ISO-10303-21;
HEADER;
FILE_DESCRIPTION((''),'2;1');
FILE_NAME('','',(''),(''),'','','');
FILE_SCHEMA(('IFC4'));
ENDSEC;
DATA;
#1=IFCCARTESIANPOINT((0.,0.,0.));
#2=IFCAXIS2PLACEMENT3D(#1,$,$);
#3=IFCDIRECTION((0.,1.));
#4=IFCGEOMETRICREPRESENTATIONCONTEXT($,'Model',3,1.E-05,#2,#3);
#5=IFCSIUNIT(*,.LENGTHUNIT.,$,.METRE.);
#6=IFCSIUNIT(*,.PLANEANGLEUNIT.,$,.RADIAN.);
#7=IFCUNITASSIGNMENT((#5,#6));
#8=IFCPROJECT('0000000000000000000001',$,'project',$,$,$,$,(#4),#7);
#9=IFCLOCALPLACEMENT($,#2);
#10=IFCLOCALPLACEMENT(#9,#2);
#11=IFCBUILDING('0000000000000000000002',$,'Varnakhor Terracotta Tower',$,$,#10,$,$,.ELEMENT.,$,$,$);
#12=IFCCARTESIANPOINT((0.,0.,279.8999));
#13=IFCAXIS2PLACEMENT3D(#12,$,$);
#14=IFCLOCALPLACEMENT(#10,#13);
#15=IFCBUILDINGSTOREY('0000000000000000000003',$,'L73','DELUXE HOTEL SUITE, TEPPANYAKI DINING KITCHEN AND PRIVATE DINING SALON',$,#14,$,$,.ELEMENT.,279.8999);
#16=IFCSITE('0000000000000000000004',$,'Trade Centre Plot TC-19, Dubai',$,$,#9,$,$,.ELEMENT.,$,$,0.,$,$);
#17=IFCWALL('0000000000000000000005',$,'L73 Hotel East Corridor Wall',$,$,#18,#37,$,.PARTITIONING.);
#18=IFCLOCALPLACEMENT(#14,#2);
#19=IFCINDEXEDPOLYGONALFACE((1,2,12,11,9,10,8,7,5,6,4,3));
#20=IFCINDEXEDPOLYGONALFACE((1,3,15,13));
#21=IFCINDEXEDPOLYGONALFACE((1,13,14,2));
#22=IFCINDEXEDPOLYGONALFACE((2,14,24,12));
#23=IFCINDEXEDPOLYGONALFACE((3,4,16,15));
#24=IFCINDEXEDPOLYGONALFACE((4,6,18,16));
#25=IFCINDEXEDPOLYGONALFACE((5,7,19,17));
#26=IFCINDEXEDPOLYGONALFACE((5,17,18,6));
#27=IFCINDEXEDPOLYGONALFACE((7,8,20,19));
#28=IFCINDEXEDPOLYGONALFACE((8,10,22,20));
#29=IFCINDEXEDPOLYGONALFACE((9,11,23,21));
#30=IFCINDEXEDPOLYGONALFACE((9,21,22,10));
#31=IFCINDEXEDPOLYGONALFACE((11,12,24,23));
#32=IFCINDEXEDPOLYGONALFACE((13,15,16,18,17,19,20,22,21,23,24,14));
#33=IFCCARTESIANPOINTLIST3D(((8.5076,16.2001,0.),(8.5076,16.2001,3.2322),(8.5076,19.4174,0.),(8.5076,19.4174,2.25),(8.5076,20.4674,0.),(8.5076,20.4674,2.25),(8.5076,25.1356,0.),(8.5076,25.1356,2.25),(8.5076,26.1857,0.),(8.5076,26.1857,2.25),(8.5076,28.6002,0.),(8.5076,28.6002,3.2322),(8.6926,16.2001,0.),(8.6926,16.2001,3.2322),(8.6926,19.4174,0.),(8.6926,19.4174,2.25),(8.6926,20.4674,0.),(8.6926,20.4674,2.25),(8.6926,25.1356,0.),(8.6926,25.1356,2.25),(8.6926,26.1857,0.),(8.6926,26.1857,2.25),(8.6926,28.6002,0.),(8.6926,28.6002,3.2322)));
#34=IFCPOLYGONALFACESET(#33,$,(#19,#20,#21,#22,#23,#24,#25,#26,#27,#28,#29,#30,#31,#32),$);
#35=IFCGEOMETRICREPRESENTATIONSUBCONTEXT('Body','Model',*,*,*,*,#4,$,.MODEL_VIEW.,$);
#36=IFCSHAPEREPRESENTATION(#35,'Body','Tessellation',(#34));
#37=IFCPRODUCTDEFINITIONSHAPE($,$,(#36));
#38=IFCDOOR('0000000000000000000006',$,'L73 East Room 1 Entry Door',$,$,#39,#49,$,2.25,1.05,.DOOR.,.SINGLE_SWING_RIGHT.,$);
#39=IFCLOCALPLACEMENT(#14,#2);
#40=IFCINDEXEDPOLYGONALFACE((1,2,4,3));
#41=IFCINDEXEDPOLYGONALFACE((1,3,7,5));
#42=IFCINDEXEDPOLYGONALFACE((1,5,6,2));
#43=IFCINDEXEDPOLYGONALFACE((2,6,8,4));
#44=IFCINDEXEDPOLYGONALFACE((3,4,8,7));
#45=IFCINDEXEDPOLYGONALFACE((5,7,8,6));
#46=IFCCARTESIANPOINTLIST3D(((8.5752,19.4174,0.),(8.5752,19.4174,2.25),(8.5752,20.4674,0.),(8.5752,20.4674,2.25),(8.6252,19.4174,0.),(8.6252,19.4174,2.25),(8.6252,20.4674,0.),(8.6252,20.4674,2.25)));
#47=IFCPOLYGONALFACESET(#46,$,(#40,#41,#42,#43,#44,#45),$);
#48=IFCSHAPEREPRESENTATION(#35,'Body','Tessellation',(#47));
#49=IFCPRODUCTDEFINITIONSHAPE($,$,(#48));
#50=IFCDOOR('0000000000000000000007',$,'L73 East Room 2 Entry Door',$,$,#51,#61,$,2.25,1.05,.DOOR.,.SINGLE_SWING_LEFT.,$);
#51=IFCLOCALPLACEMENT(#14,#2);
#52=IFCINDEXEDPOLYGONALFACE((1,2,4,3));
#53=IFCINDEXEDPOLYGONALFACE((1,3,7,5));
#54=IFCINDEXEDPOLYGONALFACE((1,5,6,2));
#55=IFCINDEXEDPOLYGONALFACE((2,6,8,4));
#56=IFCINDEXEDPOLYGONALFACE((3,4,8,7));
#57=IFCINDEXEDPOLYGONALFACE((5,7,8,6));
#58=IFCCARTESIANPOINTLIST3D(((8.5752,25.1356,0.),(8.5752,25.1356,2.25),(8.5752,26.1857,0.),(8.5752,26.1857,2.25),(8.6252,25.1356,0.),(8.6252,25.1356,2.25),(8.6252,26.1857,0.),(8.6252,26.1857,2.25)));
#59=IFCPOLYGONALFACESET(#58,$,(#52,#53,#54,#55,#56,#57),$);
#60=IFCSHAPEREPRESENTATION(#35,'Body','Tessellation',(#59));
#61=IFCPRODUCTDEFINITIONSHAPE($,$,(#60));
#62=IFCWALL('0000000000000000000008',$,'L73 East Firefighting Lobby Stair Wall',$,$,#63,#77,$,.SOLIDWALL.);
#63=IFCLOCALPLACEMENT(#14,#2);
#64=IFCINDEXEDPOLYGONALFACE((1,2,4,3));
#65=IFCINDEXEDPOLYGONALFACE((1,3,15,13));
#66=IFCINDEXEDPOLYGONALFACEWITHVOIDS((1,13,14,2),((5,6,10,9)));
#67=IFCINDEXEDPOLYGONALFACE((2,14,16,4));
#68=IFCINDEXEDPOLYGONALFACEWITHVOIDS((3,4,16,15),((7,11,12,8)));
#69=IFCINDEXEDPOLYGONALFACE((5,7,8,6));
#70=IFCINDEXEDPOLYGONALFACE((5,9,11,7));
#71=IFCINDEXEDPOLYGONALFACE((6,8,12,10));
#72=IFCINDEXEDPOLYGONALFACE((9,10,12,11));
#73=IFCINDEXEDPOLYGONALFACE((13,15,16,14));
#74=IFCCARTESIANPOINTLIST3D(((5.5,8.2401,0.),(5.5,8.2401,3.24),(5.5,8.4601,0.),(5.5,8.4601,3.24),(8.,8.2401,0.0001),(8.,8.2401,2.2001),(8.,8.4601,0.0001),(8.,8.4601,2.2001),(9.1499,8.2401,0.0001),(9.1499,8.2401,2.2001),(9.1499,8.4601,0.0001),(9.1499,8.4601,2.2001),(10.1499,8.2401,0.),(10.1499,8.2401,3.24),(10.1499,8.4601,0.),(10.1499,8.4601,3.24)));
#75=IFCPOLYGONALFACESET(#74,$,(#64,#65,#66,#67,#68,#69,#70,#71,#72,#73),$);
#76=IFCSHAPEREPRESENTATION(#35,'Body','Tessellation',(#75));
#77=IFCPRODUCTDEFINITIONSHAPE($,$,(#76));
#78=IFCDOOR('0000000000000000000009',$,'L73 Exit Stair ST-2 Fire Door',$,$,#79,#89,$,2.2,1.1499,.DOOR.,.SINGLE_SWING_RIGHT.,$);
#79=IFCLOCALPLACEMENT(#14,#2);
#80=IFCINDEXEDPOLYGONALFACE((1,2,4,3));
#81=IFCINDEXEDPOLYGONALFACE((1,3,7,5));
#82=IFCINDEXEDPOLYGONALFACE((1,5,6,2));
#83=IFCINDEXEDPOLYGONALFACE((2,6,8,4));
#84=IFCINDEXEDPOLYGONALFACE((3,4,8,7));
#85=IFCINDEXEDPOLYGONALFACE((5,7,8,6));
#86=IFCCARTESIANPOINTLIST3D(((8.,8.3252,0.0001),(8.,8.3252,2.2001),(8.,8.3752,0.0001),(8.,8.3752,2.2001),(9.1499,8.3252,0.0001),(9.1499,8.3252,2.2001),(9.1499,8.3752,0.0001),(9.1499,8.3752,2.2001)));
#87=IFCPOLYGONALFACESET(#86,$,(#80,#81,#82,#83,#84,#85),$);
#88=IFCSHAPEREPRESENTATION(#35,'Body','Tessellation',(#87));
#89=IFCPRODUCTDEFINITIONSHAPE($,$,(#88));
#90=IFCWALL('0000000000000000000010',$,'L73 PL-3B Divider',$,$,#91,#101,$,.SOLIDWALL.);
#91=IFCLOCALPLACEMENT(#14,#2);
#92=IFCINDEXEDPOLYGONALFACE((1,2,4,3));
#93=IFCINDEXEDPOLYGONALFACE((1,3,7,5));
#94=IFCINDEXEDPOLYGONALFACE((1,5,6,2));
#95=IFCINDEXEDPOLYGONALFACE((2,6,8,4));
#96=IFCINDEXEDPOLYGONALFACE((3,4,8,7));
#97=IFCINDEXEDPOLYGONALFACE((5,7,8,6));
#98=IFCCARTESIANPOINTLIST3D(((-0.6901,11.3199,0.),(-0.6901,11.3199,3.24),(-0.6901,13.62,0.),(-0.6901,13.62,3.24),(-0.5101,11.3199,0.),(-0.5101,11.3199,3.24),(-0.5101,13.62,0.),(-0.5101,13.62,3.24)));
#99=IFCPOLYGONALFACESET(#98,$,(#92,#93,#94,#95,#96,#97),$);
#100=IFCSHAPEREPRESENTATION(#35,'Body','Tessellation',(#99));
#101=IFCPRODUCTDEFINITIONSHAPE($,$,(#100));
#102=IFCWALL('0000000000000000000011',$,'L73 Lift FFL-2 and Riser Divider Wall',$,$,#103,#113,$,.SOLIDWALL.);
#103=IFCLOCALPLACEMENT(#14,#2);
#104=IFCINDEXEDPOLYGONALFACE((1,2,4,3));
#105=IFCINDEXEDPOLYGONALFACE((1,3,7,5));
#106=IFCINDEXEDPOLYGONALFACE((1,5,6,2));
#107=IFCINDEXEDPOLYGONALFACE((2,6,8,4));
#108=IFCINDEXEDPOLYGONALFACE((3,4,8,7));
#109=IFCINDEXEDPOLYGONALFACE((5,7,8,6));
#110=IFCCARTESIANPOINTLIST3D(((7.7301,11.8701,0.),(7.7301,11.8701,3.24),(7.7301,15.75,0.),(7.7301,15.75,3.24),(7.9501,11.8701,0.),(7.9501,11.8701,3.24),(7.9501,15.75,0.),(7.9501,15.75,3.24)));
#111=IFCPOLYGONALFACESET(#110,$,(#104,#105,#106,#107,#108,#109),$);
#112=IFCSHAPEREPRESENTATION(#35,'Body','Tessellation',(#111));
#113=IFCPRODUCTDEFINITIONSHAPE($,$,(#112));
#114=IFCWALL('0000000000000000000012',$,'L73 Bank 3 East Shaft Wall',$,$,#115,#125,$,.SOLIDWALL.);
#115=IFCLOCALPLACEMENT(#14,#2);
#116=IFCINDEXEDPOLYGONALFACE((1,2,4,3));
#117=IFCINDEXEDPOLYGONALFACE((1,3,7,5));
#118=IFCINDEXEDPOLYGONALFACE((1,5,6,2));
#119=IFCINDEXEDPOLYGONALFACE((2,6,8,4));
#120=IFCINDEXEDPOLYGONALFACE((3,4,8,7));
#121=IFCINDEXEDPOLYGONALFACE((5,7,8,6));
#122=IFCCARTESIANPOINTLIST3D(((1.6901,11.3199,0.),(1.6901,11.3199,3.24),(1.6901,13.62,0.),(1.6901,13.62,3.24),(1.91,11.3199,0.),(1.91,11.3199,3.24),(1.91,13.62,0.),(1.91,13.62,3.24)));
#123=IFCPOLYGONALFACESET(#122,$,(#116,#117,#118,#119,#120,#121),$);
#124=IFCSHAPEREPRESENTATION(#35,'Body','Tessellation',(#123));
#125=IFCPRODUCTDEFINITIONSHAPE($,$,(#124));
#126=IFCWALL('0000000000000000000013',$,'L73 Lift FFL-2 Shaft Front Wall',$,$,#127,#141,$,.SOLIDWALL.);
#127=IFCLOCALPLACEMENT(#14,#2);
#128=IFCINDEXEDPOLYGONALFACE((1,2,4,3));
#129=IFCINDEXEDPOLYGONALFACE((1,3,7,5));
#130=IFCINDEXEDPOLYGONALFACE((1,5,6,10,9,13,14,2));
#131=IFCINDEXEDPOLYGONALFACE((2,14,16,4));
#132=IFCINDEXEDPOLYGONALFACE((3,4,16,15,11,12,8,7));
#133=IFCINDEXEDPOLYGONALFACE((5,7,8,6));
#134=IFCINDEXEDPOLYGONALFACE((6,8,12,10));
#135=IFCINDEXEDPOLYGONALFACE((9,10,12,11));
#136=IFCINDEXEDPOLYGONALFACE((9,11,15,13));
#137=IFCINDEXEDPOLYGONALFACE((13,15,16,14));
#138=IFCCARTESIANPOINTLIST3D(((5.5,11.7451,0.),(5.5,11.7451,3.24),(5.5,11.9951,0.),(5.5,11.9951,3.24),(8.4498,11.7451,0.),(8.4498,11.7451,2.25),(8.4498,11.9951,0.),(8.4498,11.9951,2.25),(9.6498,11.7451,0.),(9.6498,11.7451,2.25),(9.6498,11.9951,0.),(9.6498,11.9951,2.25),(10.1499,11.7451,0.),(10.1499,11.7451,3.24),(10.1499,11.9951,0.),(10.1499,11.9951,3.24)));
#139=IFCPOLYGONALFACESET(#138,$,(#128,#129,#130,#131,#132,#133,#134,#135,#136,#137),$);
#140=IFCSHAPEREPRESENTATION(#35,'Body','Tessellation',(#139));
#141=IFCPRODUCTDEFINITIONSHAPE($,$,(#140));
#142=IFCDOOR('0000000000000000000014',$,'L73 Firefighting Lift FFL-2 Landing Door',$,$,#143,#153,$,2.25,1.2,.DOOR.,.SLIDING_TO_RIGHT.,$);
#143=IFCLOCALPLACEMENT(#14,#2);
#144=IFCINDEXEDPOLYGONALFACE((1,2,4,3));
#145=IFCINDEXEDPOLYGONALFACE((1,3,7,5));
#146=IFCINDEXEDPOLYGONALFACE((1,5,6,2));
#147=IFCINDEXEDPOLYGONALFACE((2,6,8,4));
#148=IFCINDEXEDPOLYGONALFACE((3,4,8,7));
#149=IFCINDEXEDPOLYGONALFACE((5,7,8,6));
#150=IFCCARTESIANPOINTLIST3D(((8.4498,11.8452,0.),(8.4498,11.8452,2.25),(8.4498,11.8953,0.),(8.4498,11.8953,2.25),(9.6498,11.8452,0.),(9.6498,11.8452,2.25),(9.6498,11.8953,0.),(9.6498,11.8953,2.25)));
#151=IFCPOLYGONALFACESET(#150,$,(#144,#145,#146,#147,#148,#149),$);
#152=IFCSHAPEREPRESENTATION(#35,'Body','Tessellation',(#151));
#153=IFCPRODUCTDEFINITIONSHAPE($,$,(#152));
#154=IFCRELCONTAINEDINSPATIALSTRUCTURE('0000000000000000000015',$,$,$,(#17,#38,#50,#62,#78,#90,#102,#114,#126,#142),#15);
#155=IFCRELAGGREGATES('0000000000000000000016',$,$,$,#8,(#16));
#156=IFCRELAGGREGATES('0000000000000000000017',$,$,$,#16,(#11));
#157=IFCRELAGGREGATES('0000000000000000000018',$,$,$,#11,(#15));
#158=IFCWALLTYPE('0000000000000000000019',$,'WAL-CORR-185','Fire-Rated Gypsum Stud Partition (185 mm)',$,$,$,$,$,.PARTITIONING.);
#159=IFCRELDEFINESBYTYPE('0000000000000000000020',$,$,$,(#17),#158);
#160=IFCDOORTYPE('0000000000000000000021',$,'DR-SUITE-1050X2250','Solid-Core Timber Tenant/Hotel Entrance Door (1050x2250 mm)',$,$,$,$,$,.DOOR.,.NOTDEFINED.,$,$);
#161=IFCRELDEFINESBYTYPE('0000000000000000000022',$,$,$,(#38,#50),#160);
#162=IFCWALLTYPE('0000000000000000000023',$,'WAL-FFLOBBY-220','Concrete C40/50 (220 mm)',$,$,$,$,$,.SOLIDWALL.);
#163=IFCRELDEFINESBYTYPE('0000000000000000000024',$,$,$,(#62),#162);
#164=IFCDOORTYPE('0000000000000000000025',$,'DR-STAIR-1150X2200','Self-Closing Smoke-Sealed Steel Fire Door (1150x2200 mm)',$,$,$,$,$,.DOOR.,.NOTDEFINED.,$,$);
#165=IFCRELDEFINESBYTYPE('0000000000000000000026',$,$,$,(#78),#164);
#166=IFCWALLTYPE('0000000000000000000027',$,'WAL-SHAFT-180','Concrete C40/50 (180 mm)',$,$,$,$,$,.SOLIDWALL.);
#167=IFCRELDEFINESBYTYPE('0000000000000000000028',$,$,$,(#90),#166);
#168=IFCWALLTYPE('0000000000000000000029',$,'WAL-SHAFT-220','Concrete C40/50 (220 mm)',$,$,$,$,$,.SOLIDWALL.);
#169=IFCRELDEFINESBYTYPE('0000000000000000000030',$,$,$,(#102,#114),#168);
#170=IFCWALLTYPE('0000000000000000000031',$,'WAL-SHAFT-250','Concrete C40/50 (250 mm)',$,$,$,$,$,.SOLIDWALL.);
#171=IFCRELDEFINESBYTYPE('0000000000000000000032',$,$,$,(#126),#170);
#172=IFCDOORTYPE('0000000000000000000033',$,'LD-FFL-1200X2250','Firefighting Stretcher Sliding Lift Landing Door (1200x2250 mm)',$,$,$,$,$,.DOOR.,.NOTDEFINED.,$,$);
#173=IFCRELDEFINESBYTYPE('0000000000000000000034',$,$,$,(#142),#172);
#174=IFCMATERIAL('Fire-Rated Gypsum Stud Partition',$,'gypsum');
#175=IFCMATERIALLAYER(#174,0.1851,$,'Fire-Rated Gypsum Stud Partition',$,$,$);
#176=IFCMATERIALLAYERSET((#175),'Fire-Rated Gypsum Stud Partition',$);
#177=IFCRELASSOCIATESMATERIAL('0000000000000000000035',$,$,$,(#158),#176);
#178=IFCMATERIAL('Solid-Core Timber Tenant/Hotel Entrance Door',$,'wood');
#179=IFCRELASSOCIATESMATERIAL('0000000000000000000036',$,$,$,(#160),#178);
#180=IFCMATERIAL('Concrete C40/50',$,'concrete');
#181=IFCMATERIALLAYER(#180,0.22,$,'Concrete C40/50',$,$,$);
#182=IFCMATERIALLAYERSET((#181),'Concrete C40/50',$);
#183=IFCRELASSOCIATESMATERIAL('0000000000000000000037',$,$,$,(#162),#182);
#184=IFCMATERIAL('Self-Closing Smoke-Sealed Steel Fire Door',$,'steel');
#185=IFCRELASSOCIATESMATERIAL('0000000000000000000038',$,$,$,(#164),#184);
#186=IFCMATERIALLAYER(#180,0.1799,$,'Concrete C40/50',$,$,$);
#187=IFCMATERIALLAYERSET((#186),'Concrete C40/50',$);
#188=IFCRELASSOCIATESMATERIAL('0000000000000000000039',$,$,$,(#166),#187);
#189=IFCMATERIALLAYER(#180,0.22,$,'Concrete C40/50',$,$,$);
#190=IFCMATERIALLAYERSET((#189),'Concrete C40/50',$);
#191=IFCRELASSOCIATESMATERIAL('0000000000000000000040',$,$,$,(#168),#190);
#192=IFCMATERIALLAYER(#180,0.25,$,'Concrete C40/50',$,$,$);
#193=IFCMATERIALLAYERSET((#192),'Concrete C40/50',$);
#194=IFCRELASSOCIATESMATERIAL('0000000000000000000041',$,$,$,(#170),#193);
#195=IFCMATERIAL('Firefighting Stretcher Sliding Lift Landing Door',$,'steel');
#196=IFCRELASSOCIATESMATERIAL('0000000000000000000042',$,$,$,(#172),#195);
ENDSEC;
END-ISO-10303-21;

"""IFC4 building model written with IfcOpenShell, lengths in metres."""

from ifc_helpers import new_model, si_unit, direction, frame, frame_2d, origin, place, context, subcontext, project, spatial, rectangle, extrude, source, transform, mapped, material, layer, layer_set, type_object, type_shapes, element, fill, save


model = new_model("IFC4")

# Units and contexts
model_context = context("Model", 3, precision=1e-05, world=origin(), true_north=direction((0.0, 1.0)))
body_context = subcontext(model_context, "Body", "Model", "MODEL_VIEW")
ifc_project = project(units=[si_unit("LENGTHUNIT", "METRE"), si_unit("PLANEANGLEUNIT", "RADIAN")], contexts=[model_context])

# Site, building, storey
site_placement = place(None, origin())
site = spatial("IfcSite", under=ifc_project, at=site_placement, Name="Trade Centre Plot TC-19, Dubai", CompositionType="ELEMENT", RefElevation=0.0)
building_placement = place(site_placement, origin())
building = spatial("IfcBuilding", under=site, at=building_placement, Name="Varnakhor Terracotta Tower", CompositionType="ELEMENT")
storey_placement = place(building_placement, frame((0.0, 0.0, 279.8999)))
storey = spatial("IfcBuildingStorey", under=building, at=storey_placement, Name="L73", Description="DELUXE HOTEL SUITE, TEPPANYAKI DINING KITCHEN AND PRIVATE DINING SALON", CompositionType="ELEMENT", Elevation=279.8999)

# Shared definitions
ifc_material_1 = material(Name="Fire-Rated Gypsum Stud Partition", Category="gypsum")
ifc_layer_1 = layer(ifc_material_1, 0.1851, Name="Fire-Rated Gypsum Stud Partition")
ifc_layer_set_1 = layer_set([ifc_layer_1], Name="Fire-Rated Gypsum Stud Partition")
wall_type_1 = type_object("IfcWallType", Name="WAL-CORR-185", Description="Fire-Rated Gypsum Stud Partition (185 mm)", PredefinedType="PARTITIONING", material=ifc_layer_set_1)

# Wall, openings, doors
wall_1_placement = place(storey_placement, frame((8.6001, 16.2, 0.0), z_axis=(0.0, 0.0, 1.0), x_axis=(0.0, 1.0, 0.0)))
wall_1 = element("IfcWall", 1, at=wall_1_placement, inside=storey, type_object=wall_type_1, Name="L73 Hotel East Corridor Wall", PredefinedType="PARTITIONING", context=body_context, shape_type="SweptSolid", body=[
    extrude(rectangle(XDim=12.4001, YDim=0.1851, at=frame_2d((6.2002, 0.0))), origin(), (0.0, 0.0, 1.0), 3.2322),
])
opening_1_placement = place(wall_1_placement, frame((3.2175, 0.0, 0.0)))
opening_1 = element("IfcOpeningElement", 2, at=opening_1_placement, cuts=wall_1, PredefinedType="OPENING", context=body_context, shape_type="SweptSolid", body=[
    extrude(rectangle(XDim=1.05, YDim=2.25, at=frame_2d((0.5249, 1.125))), frame((0.0, 0.1025, 0.0), z_axis=(0.0, -1.0, 0.0), x_axis=(1.0, 0.0, 0.0)), (0.0, 0.0, 1.0), 0.2051),
])
opening_2_placement = place(wall_1_placement, frame((8.9358, 0.0, 0.0)))
opening_2 = element("IfcOpeningElement", 3, at=opening_2_placement, cuts=wall_1, PredefinedType="OPENING", context=body_context, shape_type="SweptSolid", body=[
    extrude(rectangle(XDim=1.05, YDim=2.25, at=frame_2d((0.5249, 1.125))), frame((0.0, 0.1025, 0.0), z_axis=(0.0, -1.0, 0.0), x_axis=(1.0, 0.0, 0.0)), (0.0, 0.0, 1.0), 0.2051),
])
ifc_material_2 = material(Name="Solid-Core Timber Tenant/Hotel Entrance Door", Category="wood")
door_type_1 = type_object("IfcDoorType", Name="DR-SUITE-1050X2250", Description="Solid-Core Timber Tenant/Hotel Entrance Door (1050x2250 mm)", OperationType="NOTDEFINED", PredefinedType="DOOR", material=ifc_material_2)
shared_shape_1 = source(origin(), body_context, "Body", "SweptSolid", [
    extrude(rectangle(XDim=1.05, YDim=2.25, at=frame_2d((0.5249, 1.125))), frame((0.0, 0.0249, 0.0), z_axis=(0.0, -1.0, 0.0), x_axis=(1.0, 0.0, 0.0)), (0.0, 0.0, 1.0), 0.05),
])
type_shapes(door_type_1, [shared_shape_1])
door_1_placement = place(opening_1_placement, origin())
door_1 = element("IfcDoor", 4, at=door_1_placement, inside=storey, type_object=door_type_1, Name="L73 East Room 1 Entry Door", OperationType="SINGLE_SWING_RIGHT", OverallHeight=2.25, OverallWidth=1.05, PredefinedType="DOOR", context=body_context, shape_type="MappedRepresentation", body=[
    mapped(shared_shape_1, transform((0.0, 0.0, 0.0), scale=1.0)),
])
fill(opening_1, door_1)
door_2_placement = place(opening_2_placement, origin())
door_2 = element("IfcDoor", 5, at=door_2_placement, inside=storey, type_object=door_type_1, Name="L73 East Room 2 Entry Door", OperationType="SINGLE_SWING_LEFT", OverallHeight=2.25, OverallWidth=1.05, PredefinedType="DOOR", context=body_context, shape_type="MappedRepresentation", body=[
    mapped(shared_shape_1, transform((0.0, 0.0, 0.0), scale=1.0)),
])
fill(opening_2, door_2)

# Wall, opening, door
ifc_material_3 = material(Name="Concrete C40/50", Category="concrete")
ifc_layer_2 = layer(ifc_material_3, 0.22, Name="Concrete C40/50")
ifc_layer_set_2 = layer_set([ifc_layer_2], Name="Concrete C40/50")
wall_type_2 = type_object("IfcWallType", Name="WAL-FFLOBBY-220", Description="Concrete C40/50 (220 mm)", PredefinedType="SOLIDWALL", material=ifc_layer_set_2)
wall_2_placement = place(storey_placement, frame((10.1499, 8.3501, 0.0), z_axis=(0.0, 0.0, 1.0), x_axis=(-1.0, 0.0, 0.0)))
wall_2 = element("IfcWall", 6, at=wall_2_placement, inside=storey, type_object=wall_type_2, Name="L73 East Firefighting Lobby Stair Wall", PredefinedType="SOLIDWALL", context=body_context, shape_type="SweptSolid", body=[
    extrude(rectangle(XDim=4.6499, YDim=0.22, at=frame_2d((2.325, 0.0))), origin(), (0.0, 0.0, 1.0), 3.24),
])
opening_3_placement = place(wall_2_placement, frame((1.0, 0.0, 0.0)))
opening_3 = element("IfcOpeningElement", 7, at=opening_3_placement, cuts=wall_2, PredefinedType="OPENING", context=body_context, shape_type="SweptSolid", body=[
    extrude(rectangle(XDim=1.1499, YDim=2.2, at=frame_2d((0.575, 1.1001))), frame((0.0, 0.1201, 0.0), z_axis=(0.0, -1.0, 0.0), x_axis=(1.0, 0.0, 0.0)), (0.0, 0.0, 1.0), 0.24),
])
ifc_material_4 = material(Name="Self-Closing Smoke-Sealed Steel Fire Door", Category="steel")
door_type_2 = type_object("IfcDoorType", Name="DR-STAIR-1150X2200", Description="Self-Closing Smoke-Sealed Steel Fire Door (1150x2200 mm)", OperationType="NOTDEFINED", PredefinedType="DOOR", material=ifc_material_4)
shared_shape_2 = source(origin(), body_context, "Body", "SweptSolid", [
    extrude(rectangle(XDim=1.1499, YDim=2.2, at=frame_2d((0.575, 1.1001))), frame((0.0, 0.0249, 0.0), z_axis=(0.0, -1.0, 0.0), x_axis=(1.0, 0.0, 0.0)), (0.0, 0.0, 1.0), 0.05),
])
type_shapes(door_type_2, [shared_shape_2])
door_3_placement = place(opening_3_placement, origin())
door_3 = element("IfcDoor", 8, at=door_3_placement, inside=storey, type_object=door_type_2, Name="L73 Exit Stair ST-2 Fire Door", OperationType="SINGLE_SWING_RIGHT", OverallHeight=2.2, OverallWidth=1.1499, PredefinedType="DOOR", context=body_context, shape_type="MappedRepresentation", body=[
    mapped(shared_shape_2, transform((0.0, 0.0, 0.0), scale=1.0)),
])
fill(opening_3, door_3)

# Walls
ifc_layer_3 = layer(ifc_material_3, 0.1799, Name="Concrete C40/50")
ifc_layer_set_3 = layer_set([ifc_layer_3], Name="Concrete C40/50")
wall_type_3 = type_object("IfcWallType", Name="WAL-SHAFT-180", Description="Concrete C40/50 (180 mm)", PredefinedType="SOLIDWALL", material=ifc_layer_set_3)
wall_3_placement = place(storey_placement, frame((-0.6001, 11.3201, 0.0), z_axis=(0.0, 0.0, 1.0), x_axis=(0.0, 1.0, 0.0)))
element("IfcWall", 9, at=wall_3_placement, inside=storey, type_object=wall_type_3, Name="L73 PL-3B Divider", PredefinedType="SOLIDWALL", context=body_context, shape_type="SweptSolid", body=[
    extrude(rectangle(XDim=2.3, YDim=0.1799, at=frame_2d((1.1499, 0.0))), origin(), (0.0, 0.0, 1.0), 3.24),
])
ifc_layer_4 = layer(ifc_material_3, 0.22, Name="Concrete C40/50")
ifc_layer_set_4 = layer_set([ifc_layer_4], Name="Concrete C40/50")
wall_type_4 = type_object("IfcWallType", Name="WAL-SHAFT-220", Description="Concrete C40/50 (220 mm)", PredefinedType="SOLIDWALL", material=ifc_layer_set_4)
wall_4_placement = place(storey_placement, frame((7.8401, 11.8701, 0.0), z_axis=(0.0, 0.0, 1.0), x_axis=(0.0, 1.0, 0.0)))
element("IfcWall", 10, at=wall_4_placement, inside=storey, type_object=wall_type_4, Name="L73 Lift FFL-2 and Riser Divider Wall", PredefinedType="SOLIDWALL", context=body_context, shape_type="SweptSolid", body=[
    extrude(rectangle(XDim=3.8799, YDim=0.22, at=frame_2d((1.9399, 0.0))), origin(), (0.0, 0.0, 1.0), 3.24),
])
wall_5_placement = place(storey_placement, frame((1.8, 11.3201, 0.0), z_axis=(0.0, 0.0, 1.0), x_axis=(0.0, 1.0, 0.0)))
element("IfcWall", 11, at=wall_5_placement, inside=storey, type_object=wall_type_4, Name="L73 Bank 3 East Shaft Wall", PredefinedType="SOLIDWALL", context=body_context, shape_type="SweptSolid", body=[
    extrude(rectangle(XDim=2.3, YDim=0.22, at=frame_2d((1.1499, 0.0))), origin(), (0.0, 0.0, 1.0), 3.24),
])

# Wall, opening, door
ifc_layer_5 = layer(ifc_material_3, 0.25, Name="Concrete C40/50")
ifc_layer_set_5 = layer_set([ifc_layer_5], Name="Concrete C40/50")
wall_type_5 = type_object("IfcWallType", Name="WAL-SHAFT-250", Description="Concrete C40/50 (250 mm)", PredefinedType="SOLIDWALL", material=ifc_layer_set_5)
wall_6_placement = place(storey_placement, frame((10.1499, 11.8701, 0.0), z_axis=(0.0, 0.0, 1.0), x_axis=(-1.0, 0.0, 0.0)))
wall_6 = element("IfcWall", 12, at=wall_6_placement, inside=storey, type_object=wall_type_5, Name="L73 Lift FFL-2 Shaft Front Wall", PredefinedType="SOLIDWALL", context=body_context, shape_type="SweptSolid", body=[
    extrude(rectangle(XDim=4.6499, YDim=0.25, at=frame_2d((2.325, 0.0))), origin(), (0.0, 0.0, 1.0), 3.24),
])
opening_4_placement = place(wall_6_placement, frame((0.5, 0.0, 0.0)))
opening_4 = element("IfcOpeningElement", 13, at=opening_4_placement, cuts=wall_6, PredefinedType="OPENING", context=body_context, shape_type="SweptSolid", body=[
    extrude(rectangle(XDim=1.2, YDim=2.25, at=frame_2d((0.6001, 1.125))), frame((0.0, 0.135, 0.0), z_axis=(0.0, -1.0, 0.0), x_axis=(1.0, 0.0, 0.0)), (0.0, 0.0, 1.0), 0.27),
])
ifc_material_5 = material(Name="Firefighting Stretcher Sliding Lift Landing Door", Category="steel")
door_type_3 = type_object("IfcDoorType", Name="LD-FFL-1200X2250", Description="Firefighting Stretcher Sliding Lift Landing Door (1200x2250 mm)", OperationType="NOTDEFINED", PredefinedType="DOOR", material=ifc_material_5)
shared_shape_3 = source(origin(), body_context, "Body", "SweptSolid", [
    extrude(rectangle(XDim=1.2, YDim=2.25, at=frame_2d((0.6001, 1.125))), frame((0.0, 0.0249, 0.0), z_axis=(0.0, -1.0, 0.0), x_axis=(1.0, 0.0, 0.0)), (0.0, 0.0, 1.0), 0.05),
])
type_shapes(door_type_3, [shared_shape_3])
door_4_placement = place(opening_4_placement, origin())
door_4 = element("IfcDoor", 14, at=door_4_placement, inside=storey, type_object=door_type_3, Name="L73 Firefighting Lift FFL-2 Landing Door", OperationType="SLIDING_TO_RIGHT", OverallHeight=2.25, OverallWidth=1.2, PredefinedType="DOOR", context=body_context, shape_type="MappedRepresentation", body=[
    mapped(shared_shape_3, transform((0.0, 0.0, 0.0), scale=1.0)),
])
fill(opening_4, door_4)

save(model, "model.ifc")
